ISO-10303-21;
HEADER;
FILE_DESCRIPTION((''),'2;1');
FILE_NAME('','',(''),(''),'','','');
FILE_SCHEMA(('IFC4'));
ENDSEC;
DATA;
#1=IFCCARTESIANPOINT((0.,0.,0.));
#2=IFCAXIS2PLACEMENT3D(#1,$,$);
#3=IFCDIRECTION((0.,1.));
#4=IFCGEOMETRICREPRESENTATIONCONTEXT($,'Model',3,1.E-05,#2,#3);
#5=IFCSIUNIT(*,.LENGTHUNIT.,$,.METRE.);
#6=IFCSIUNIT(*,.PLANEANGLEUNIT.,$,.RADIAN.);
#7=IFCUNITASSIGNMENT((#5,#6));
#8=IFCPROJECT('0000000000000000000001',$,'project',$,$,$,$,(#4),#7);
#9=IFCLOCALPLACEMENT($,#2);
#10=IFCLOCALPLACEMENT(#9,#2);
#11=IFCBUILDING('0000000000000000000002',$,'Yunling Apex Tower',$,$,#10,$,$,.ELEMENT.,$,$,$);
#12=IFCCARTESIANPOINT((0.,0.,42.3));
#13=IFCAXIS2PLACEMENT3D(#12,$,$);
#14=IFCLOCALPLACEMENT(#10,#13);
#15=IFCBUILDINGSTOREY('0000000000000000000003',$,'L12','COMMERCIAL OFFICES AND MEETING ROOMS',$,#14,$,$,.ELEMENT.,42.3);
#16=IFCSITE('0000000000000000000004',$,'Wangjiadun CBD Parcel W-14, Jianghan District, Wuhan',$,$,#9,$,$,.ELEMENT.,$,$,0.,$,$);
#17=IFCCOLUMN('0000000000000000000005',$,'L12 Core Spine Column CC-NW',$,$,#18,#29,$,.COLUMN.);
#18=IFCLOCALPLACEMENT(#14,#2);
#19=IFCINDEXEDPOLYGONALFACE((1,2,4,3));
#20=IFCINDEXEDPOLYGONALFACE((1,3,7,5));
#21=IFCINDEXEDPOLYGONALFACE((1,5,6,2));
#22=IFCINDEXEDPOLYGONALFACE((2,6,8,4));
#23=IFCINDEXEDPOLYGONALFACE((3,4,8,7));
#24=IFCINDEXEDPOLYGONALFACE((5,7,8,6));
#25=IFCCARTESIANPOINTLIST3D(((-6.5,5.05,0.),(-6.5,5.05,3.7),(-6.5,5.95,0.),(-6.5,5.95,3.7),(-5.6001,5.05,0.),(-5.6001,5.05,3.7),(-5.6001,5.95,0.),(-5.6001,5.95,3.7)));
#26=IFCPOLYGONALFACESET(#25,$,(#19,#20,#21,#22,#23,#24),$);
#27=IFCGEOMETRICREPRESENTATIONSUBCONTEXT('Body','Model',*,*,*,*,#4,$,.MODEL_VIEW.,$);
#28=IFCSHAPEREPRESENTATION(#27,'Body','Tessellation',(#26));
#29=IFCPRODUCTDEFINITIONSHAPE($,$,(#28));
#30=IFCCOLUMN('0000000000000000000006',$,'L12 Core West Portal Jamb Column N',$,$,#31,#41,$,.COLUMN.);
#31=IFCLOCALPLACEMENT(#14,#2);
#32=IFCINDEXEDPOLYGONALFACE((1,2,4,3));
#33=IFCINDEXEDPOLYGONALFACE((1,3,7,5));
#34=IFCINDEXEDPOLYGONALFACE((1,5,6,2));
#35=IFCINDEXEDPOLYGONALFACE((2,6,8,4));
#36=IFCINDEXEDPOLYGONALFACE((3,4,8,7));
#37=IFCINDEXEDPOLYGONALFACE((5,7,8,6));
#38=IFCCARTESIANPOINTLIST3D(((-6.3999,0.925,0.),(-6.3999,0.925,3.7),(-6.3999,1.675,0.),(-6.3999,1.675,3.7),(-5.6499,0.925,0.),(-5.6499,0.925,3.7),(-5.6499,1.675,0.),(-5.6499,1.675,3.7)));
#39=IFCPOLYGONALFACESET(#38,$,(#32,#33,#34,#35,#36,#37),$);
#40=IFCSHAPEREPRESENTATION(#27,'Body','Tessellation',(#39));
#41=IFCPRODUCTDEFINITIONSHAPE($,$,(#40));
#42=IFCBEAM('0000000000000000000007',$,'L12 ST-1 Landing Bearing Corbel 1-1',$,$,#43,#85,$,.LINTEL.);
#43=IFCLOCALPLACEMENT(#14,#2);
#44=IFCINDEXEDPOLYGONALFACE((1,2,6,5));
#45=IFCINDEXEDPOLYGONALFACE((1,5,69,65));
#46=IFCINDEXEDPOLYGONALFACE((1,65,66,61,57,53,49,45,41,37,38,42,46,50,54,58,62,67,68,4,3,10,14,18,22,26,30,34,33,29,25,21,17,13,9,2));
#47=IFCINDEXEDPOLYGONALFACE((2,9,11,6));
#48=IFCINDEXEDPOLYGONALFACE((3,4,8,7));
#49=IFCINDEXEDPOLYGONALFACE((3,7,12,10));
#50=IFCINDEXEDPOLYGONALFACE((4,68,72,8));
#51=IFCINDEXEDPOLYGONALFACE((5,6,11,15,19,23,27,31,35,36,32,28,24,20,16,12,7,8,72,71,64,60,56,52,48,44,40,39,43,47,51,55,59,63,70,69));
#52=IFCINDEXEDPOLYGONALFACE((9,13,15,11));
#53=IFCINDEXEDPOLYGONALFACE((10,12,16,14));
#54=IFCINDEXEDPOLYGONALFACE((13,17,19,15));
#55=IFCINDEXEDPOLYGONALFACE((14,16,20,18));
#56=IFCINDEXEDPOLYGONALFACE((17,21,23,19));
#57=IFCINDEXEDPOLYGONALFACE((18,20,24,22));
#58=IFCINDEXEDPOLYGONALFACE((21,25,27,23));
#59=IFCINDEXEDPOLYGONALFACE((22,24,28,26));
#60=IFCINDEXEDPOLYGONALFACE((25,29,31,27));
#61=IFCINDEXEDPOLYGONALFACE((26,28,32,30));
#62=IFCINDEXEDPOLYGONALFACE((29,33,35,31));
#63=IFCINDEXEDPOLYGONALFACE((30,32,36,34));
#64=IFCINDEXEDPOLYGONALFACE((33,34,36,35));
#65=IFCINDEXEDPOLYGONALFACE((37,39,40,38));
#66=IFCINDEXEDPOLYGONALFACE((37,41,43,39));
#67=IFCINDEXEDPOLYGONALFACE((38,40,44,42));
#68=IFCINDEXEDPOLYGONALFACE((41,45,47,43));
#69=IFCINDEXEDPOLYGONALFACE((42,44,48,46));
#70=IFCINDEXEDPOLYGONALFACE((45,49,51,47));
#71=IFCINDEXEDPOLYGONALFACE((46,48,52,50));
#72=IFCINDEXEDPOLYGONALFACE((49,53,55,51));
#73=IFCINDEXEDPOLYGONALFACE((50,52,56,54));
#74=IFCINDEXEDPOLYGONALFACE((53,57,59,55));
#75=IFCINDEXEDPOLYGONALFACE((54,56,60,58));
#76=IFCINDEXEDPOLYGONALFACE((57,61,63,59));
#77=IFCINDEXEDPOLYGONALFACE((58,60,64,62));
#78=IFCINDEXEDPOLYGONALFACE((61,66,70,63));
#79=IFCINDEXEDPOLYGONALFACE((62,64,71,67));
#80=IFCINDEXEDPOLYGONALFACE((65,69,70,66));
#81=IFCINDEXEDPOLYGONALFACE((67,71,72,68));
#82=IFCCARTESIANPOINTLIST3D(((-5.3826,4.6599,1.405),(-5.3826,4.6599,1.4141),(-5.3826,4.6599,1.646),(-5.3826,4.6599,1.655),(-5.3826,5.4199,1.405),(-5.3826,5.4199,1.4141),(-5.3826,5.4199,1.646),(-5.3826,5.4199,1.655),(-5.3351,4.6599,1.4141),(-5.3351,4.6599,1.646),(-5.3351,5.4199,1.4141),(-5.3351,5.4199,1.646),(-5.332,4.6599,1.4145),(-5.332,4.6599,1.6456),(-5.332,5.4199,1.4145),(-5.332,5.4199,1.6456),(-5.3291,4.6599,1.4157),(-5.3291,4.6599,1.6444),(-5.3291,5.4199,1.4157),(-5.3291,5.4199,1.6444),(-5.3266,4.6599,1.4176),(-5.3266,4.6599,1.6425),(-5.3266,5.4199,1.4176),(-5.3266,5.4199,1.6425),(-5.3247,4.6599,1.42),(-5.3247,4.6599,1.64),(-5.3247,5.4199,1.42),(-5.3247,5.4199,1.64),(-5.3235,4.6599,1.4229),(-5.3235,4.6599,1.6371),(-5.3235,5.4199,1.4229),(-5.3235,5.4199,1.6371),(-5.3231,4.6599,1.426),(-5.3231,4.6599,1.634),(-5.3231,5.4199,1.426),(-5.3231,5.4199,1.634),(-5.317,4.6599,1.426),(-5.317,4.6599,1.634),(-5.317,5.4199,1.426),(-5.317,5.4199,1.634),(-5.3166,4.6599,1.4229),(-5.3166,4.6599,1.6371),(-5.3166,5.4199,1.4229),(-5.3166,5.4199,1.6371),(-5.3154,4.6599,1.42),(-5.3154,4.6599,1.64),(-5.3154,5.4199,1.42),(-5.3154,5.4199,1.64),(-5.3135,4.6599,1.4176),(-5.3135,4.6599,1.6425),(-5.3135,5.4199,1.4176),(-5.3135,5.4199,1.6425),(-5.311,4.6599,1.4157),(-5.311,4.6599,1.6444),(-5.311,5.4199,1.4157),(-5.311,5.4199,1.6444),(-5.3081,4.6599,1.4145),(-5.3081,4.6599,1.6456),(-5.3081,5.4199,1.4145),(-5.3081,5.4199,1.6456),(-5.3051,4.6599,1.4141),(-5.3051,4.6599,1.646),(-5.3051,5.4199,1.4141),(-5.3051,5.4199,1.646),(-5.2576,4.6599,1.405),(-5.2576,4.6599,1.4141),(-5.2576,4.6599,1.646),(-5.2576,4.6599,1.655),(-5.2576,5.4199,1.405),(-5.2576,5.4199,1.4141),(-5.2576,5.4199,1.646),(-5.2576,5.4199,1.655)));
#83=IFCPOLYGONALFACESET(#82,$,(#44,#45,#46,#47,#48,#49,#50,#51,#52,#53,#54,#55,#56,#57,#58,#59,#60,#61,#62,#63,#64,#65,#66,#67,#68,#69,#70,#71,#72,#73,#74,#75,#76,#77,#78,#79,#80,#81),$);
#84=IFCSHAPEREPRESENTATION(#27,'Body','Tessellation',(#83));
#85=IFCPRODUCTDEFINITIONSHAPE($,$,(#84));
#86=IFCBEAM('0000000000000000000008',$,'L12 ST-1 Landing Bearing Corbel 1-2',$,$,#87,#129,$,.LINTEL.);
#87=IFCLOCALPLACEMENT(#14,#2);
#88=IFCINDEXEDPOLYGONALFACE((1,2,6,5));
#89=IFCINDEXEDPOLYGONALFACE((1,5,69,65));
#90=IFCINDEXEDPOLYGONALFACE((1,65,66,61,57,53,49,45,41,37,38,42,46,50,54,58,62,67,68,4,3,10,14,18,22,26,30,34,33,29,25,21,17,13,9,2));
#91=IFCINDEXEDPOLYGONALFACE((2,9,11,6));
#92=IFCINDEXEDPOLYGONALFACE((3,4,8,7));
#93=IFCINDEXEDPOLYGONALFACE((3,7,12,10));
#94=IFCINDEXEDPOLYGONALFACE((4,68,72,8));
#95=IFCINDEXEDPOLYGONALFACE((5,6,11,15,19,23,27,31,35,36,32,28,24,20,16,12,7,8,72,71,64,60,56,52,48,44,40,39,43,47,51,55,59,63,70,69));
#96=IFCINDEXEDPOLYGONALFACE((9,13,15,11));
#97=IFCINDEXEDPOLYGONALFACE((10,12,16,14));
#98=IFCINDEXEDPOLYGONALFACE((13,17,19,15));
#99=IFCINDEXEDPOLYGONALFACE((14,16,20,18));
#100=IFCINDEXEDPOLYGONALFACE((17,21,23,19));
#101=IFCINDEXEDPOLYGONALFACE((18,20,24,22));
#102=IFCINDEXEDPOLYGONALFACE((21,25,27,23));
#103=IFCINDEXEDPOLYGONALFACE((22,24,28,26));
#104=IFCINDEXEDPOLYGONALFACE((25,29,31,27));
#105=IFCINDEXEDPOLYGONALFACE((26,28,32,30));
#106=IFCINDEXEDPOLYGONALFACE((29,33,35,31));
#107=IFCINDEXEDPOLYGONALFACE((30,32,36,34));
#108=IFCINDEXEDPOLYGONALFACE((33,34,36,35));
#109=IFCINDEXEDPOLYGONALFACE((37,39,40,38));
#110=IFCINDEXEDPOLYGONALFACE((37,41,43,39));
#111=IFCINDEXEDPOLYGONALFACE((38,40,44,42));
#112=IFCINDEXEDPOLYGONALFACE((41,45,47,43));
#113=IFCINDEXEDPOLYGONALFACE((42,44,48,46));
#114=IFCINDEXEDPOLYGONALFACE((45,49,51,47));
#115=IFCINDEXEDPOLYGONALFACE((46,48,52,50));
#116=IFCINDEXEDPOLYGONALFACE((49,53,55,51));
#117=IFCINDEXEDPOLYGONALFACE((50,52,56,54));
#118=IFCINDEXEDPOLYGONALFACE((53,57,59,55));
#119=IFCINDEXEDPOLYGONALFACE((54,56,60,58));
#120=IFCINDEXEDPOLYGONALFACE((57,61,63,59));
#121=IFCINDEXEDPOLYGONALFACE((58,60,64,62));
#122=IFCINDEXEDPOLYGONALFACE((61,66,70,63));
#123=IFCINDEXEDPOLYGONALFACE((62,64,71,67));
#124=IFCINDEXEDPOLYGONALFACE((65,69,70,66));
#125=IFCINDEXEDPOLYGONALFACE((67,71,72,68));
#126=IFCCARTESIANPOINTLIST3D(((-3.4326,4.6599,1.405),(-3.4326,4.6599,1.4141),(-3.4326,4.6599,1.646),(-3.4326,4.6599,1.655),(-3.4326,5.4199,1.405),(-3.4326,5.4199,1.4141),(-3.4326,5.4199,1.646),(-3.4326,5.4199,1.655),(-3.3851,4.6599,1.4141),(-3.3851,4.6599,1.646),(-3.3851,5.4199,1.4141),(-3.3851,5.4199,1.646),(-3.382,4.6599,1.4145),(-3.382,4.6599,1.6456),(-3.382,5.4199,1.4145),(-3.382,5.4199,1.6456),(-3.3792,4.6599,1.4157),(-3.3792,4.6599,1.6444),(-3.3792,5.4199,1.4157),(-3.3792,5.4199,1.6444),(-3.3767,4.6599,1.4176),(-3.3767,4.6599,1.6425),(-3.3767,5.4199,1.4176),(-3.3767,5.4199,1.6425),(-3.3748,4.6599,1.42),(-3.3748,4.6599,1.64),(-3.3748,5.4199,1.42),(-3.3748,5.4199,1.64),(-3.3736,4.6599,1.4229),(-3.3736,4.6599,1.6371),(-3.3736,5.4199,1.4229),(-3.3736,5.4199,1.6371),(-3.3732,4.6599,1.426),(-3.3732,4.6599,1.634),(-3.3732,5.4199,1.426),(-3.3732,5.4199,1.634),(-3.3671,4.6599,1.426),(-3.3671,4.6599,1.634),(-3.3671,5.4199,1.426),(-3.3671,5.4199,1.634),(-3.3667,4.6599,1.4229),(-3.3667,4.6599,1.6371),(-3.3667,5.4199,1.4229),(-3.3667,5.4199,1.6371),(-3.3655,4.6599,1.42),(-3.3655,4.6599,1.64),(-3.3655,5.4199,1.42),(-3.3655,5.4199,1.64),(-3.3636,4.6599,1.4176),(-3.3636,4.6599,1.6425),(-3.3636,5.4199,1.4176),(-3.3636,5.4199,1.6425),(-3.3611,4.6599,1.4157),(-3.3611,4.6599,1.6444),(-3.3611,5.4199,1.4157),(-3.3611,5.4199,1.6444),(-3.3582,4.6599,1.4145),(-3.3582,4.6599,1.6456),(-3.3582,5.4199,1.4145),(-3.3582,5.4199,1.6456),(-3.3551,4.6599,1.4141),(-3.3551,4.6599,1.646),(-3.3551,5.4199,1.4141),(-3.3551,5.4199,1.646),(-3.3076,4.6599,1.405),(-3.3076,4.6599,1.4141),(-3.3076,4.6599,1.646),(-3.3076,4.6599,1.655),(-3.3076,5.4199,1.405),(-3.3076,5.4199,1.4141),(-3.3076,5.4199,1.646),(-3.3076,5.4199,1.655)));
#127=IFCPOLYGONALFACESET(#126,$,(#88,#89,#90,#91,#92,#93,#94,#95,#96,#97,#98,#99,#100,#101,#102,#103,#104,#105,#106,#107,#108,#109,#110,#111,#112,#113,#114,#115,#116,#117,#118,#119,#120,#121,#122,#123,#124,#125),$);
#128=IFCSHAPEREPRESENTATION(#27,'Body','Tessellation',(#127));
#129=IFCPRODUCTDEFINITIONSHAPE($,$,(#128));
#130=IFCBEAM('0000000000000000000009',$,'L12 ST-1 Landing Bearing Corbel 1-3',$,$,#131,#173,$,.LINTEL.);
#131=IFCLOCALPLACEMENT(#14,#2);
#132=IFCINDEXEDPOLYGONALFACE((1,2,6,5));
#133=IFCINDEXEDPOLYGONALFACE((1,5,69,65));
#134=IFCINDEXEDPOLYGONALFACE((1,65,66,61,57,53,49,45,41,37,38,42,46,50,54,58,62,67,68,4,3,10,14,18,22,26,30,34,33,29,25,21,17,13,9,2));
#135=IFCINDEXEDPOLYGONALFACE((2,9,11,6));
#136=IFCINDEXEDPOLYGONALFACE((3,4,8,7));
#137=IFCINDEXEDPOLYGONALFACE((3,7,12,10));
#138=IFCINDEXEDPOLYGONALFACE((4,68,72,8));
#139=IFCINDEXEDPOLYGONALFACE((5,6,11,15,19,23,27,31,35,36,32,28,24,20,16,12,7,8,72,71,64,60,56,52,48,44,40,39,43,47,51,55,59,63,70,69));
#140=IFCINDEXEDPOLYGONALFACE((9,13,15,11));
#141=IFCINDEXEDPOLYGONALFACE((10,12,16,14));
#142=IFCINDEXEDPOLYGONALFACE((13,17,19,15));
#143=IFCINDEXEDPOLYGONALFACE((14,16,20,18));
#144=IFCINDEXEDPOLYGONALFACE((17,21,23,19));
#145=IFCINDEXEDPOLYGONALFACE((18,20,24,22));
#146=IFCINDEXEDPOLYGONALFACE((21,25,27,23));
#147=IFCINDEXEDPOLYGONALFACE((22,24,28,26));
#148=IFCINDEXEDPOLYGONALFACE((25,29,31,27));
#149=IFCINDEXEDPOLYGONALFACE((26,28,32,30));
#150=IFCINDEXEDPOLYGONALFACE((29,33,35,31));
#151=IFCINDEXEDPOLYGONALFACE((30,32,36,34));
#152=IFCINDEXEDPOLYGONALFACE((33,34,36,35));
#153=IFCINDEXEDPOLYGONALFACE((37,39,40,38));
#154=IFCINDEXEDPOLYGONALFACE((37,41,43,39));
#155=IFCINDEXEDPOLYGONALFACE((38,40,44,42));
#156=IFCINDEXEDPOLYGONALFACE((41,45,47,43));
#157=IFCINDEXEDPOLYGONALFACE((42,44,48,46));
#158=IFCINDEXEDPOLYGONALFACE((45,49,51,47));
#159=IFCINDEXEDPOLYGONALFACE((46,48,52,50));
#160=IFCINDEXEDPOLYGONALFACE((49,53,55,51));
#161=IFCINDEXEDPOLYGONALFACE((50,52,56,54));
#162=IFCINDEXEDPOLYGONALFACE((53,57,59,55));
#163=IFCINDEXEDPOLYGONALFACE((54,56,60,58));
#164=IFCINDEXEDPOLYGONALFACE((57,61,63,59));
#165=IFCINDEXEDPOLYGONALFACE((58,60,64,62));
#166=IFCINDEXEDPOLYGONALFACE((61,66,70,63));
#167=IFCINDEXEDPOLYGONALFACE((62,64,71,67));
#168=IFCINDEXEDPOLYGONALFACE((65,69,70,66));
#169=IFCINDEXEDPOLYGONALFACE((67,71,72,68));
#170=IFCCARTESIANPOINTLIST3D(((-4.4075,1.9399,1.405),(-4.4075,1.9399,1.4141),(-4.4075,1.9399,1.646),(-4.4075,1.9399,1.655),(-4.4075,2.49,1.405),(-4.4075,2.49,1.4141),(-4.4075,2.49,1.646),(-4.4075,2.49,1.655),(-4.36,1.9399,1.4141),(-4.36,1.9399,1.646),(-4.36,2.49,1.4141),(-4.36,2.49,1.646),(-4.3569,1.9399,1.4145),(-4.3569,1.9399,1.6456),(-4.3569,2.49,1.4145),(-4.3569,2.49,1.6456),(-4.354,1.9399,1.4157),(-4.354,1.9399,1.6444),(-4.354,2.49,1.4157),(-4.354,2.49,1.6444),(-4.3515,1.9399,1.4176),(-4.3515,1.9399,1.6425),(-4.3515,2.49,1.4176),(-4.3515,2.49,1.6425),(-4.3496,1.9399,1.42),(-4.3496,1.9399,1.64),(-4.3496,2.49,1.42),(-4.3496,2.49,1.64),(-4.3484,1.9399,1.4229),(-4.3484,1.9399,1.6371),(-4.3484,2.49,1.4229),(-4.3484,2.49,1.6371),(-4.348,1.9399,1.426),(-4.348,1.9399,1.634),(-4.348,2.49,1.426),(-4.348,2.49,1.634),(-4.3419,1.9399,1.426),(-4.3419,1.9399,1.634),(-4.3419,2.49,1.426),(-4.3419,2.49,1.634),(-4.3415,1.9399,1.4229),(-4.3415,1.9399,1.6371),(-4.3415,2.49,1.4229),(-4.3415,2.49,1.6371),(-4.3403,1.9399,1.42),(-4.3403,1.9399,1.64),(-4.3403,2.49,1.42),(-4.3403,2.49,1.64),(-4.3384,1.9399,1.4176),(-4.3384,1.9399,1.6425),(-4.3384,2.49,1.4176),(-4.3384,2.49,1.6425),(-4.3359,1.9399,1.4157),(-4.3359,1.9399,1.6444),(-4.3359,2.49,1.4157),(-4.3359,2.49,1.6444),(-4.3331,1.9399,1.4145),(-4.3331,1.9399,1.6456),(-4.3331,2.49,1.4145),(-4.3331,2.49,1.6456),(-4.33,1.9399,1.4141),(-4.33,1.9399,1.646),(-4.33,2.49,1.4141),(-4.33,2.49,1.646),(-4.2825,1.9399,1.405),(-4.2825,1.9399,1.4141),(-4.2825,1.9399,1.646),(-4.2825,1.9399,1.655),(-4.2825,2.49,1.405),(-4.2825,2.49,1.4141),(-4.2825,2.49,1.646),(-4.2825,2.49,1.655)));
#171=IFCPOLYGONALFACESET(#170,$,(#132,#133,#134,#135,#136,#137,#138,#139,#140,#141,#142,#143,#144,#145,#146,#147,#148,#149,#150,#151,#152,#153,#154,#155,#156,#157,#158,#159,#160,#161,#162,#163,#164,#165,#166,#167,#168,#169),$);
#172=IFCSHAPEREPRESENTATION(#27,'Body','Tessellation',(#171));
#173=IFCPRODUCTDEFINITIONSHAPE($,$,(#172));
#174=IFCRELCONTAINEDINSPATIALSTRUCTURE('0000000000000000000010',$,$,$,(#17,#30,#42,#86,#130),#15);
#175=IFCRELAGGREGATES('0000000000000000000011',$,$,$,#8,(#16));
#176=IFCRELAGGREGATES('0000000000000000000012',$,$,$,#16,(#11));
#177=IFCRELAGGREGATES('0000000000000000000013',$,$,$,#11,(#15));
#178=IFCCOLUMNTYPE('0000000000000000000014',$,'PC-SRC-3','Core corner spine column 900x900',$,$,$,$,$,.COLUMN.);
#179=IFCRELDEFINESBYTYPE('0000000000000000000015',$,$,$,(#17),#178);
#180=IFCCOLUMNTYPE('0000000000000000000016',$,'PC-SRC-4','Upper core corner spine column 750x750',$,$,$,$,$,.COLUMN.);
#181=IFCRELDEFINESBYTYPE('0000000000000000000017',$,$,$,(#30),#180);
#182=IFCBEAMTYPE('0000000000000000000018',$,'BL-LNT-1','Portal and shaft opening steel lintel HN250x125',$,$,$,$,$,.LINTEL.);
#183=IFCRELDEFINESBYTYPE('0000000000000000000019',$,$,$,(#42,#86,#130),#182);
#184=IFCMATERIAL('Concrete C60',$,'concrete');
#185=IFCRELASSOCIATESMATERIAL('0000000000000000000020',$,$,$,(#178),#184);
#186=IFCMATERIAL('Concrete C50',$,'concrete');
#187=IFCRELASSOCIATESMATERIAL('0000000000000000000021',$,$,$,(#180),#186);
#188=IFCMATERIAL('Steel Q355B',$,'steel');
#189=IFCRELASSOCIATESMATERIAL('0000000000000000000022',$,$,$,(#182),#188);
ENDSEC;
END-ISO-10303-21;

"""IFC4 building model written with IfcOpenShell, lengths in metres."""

from ifc_helpers import new_model, si_unit, direction, frame, origin, origin_2d, place, context, subcontext, project, spatial, rectangle, i_section, extrude, source, transform, mapped, material, material_profile, profile_set, type_object, element, save


model = new_model("IFC4")

# Units and contexts
model_context = context("Model", 3, precision=1e-05, world=origin(), true_north=direction((0.0, 1.0)))
body_context = subcontext(model_context, "Body", "Model", "MODEL_VIEW")
ifc_project = project(units=[si_unit("LENGTHUNIT", "METRE"), si_unit("PLANEANGLEUNIT", "RADIAN")], contexts=[model_context])

# Site, building, storey
site_placement = place(None, origin())
site = spatial("IfcSite", under=ifc_project, at=site_placement, Name="Wangjiadun CBD Parcel W-14, Jianghan District, Wuhan", CompositionType="ELEMENT", RefElevation=0.0)
building_placement = place(site_placement, origin())
building = spatial("IfcBuilding", under=site, at=building_placement, Name="Yunling Apex Tower", CompositionType="ELEMENT")
storey_placement = place(building_placement, frame((0.0, 0.0, 42.3)))
storey = spatial("IfcBuildingStorey", under=building, at=storey_placement, Name="L12", Description="COMMERCIAL OFFICES AND MEETING ROOMS", CompositionType="ELEMENT", Elevation=42.3)

# Columns
ifc_material_1 = material(Name="Concrete C60", Category="concrete")
ifc_material_profile_1 = material_profile(ifc_material_1, rectangle(XDim=0.8999, YDim=0.8999, at=origin_2d()))
ifc_profile_set_1 = profile_set([ifc_material_profile_1], Name="Concrete C60")
column_type_1 = type_object("IfcColumnType", Name="PC-SRC-3", Description="Core corner spine column 900x900", PredefinedType="COLUMN", material=ifc_profile_set_1)
shared_shape_1 = source(origin(), body_context, "Body", "SweptSolid", [
    extrude(rectangle(XDim=0.8999, YDim=0.8999, at=origin_2d()), origin(), (0.0, 0.0, 1.0), 3.7),
])
column_1_placement = place(storey_placement, frame((-6.05, 5.5, 0.0), z_axis=(0.0, 0.0, 1.0), x_axis=(1.0, 0.0, 0.0)))
element("IfcColumn", 1, at=column_1_placement, inside=storey, type_object=column_type_1, Name="L12 Core Spine Column CC-NW", PredefinedType="COLUMN", context=body_context, shape_type="MappedRepresentation", body=[
    mapped(shared_shape_1, transform((0.0, 0.0, 0.0), scale=1.0)),
])
ifc_material_2 = material(Name="Concrete C50", Category="concrete")
ifc_material_profile_2 = material_profile(ifc_material_2, rectangle(XDim=0.75, YDim=0.75, at=origin_2d()))
ifc_profile_set_2 = profile_set([ifc_material_profile_2], Name="Concrete C50")
column_type_2 = type_object("IfcColumnType", Name="PC-SRC-4", Description="Upper core corner spine column 750x750", PredefinedType="COLUMN", material=ifc_profile_set_2)
shared_shape_2 = source(origin(), body_context, "Body", "SweptSolid", [
    extrude(rectangle(XDim=0.75, YDim=0.75, at=origin_2d()), origin(), (0.0, 0.0, 1.0), 3.7),
])
column_2_placement = place(storey_placement, frame((-6.0249, 1.3, 0.0), z_axis=(0.0, 0.0, 1.0), x_axis=(1.0, 0.0, 0.0)))
element("IfcColumn", 2, at=column_2_placement, inside=storey, type_object=column_type_2, Name="L12 Core West Portal Jamb Column N", PredefinedType="COLUMN", context=body_context, shape_type="MappedRepresentation", body=[
    mapped(shared_shape_2, transform((0.0, 0.0, 0.0), scale=1.0)),
])

# Beams
ifc_material_3 = material(Name="Steel Q355B", Category="steel")
ifc_material_profile_3 = material_profile(ifc_material_3, i_section(OverallWidth=0.125, OverallDepth=0.25, WebThickness=0.0061, FlangeThickness=0.009, FilletRadius=0.012, at=origin_2d()))
ifc_profile_set_3 = profile_set([ifc_material_profile_3], Name="Steel Q355B")
beam_type_1 = type_object("IfcBeamType", Name="BL-LNT-1", Description="Portal and shaft opening steel lintel HN250x125", PredefinedType="LINTEL", material=ifc_profile_set_3)
shared_shape_3 = source(origin(), body_context, "Body", "SweptSolid", [
    extrude(i_section(OverallWidth=0.125, OverallDepth=0.25, WebThickness=0.0061, FlangeThickness=0.009, FilletRadius=0.012, at=origin_2d()), origin(), (0.0, 0.0, 1.0), 0.76),
])
for number, where, z_axis, x_axis, name in (
    (3, (-5.3201, 5.4199, 1.53), (0.0, -1.0, 0.0), (1.0, 0.0, 0.0), "L12 ST-1 Landing Bearing Corbel 1-1"),
    (4, (-3.3701, 5.4199, 1.53), (0.0, -1.0, 0.0), (1.0, 0.0, 0.0), "L12 ST-1 Landing Bearing Corbel 1-2"),
):
    element("IfcBeam", number, at=place(storey_placement, frame(where, z_axis=z_axis, x_axis=x_axis)), inside=storey, type_object=beam_type_1, Name=name, PredefinedType="LINTEL", context=body_context, shape_type="MappedRepresentation", body=[
        mapped(shared_shape_3, transform((0.0, 0.0, 0.0), scale=1.0)),
    ])
shared_shape_4 = source(origin(), body_context, "Body", "SweptSolid", [
    extrude(i_section(OverallWidth=0.125, OverallDepth=0.25, WebThickness=0.0061, FlangeThickness=0.009, FilletRadius=0.012, at=origin_2d()), origin(), (0.0, 0.0, 1.0), 0.55),
])
beam_1_placement = place(storey_placement, frame((-4.345, 1.9399, 1.53), z_axis=(0.0, 1.0, 0.0), x_axis=(-1.0, 0.0, 0.0)))
element("IfcBeam", 5, at=beam_1_placement, inside=storey, type_object=beam_type_1, Name="L12 ST-1 Landing Bearing Corbel 1-3", PredefinedType="LINTEL", context=body_context, shape_type="MappedRepresentation", body=[
    mapped(shared_shape_4, transform((0.0, 0.0, 0.0), scale=1.0)),
])

save(model, "model.ifc")
